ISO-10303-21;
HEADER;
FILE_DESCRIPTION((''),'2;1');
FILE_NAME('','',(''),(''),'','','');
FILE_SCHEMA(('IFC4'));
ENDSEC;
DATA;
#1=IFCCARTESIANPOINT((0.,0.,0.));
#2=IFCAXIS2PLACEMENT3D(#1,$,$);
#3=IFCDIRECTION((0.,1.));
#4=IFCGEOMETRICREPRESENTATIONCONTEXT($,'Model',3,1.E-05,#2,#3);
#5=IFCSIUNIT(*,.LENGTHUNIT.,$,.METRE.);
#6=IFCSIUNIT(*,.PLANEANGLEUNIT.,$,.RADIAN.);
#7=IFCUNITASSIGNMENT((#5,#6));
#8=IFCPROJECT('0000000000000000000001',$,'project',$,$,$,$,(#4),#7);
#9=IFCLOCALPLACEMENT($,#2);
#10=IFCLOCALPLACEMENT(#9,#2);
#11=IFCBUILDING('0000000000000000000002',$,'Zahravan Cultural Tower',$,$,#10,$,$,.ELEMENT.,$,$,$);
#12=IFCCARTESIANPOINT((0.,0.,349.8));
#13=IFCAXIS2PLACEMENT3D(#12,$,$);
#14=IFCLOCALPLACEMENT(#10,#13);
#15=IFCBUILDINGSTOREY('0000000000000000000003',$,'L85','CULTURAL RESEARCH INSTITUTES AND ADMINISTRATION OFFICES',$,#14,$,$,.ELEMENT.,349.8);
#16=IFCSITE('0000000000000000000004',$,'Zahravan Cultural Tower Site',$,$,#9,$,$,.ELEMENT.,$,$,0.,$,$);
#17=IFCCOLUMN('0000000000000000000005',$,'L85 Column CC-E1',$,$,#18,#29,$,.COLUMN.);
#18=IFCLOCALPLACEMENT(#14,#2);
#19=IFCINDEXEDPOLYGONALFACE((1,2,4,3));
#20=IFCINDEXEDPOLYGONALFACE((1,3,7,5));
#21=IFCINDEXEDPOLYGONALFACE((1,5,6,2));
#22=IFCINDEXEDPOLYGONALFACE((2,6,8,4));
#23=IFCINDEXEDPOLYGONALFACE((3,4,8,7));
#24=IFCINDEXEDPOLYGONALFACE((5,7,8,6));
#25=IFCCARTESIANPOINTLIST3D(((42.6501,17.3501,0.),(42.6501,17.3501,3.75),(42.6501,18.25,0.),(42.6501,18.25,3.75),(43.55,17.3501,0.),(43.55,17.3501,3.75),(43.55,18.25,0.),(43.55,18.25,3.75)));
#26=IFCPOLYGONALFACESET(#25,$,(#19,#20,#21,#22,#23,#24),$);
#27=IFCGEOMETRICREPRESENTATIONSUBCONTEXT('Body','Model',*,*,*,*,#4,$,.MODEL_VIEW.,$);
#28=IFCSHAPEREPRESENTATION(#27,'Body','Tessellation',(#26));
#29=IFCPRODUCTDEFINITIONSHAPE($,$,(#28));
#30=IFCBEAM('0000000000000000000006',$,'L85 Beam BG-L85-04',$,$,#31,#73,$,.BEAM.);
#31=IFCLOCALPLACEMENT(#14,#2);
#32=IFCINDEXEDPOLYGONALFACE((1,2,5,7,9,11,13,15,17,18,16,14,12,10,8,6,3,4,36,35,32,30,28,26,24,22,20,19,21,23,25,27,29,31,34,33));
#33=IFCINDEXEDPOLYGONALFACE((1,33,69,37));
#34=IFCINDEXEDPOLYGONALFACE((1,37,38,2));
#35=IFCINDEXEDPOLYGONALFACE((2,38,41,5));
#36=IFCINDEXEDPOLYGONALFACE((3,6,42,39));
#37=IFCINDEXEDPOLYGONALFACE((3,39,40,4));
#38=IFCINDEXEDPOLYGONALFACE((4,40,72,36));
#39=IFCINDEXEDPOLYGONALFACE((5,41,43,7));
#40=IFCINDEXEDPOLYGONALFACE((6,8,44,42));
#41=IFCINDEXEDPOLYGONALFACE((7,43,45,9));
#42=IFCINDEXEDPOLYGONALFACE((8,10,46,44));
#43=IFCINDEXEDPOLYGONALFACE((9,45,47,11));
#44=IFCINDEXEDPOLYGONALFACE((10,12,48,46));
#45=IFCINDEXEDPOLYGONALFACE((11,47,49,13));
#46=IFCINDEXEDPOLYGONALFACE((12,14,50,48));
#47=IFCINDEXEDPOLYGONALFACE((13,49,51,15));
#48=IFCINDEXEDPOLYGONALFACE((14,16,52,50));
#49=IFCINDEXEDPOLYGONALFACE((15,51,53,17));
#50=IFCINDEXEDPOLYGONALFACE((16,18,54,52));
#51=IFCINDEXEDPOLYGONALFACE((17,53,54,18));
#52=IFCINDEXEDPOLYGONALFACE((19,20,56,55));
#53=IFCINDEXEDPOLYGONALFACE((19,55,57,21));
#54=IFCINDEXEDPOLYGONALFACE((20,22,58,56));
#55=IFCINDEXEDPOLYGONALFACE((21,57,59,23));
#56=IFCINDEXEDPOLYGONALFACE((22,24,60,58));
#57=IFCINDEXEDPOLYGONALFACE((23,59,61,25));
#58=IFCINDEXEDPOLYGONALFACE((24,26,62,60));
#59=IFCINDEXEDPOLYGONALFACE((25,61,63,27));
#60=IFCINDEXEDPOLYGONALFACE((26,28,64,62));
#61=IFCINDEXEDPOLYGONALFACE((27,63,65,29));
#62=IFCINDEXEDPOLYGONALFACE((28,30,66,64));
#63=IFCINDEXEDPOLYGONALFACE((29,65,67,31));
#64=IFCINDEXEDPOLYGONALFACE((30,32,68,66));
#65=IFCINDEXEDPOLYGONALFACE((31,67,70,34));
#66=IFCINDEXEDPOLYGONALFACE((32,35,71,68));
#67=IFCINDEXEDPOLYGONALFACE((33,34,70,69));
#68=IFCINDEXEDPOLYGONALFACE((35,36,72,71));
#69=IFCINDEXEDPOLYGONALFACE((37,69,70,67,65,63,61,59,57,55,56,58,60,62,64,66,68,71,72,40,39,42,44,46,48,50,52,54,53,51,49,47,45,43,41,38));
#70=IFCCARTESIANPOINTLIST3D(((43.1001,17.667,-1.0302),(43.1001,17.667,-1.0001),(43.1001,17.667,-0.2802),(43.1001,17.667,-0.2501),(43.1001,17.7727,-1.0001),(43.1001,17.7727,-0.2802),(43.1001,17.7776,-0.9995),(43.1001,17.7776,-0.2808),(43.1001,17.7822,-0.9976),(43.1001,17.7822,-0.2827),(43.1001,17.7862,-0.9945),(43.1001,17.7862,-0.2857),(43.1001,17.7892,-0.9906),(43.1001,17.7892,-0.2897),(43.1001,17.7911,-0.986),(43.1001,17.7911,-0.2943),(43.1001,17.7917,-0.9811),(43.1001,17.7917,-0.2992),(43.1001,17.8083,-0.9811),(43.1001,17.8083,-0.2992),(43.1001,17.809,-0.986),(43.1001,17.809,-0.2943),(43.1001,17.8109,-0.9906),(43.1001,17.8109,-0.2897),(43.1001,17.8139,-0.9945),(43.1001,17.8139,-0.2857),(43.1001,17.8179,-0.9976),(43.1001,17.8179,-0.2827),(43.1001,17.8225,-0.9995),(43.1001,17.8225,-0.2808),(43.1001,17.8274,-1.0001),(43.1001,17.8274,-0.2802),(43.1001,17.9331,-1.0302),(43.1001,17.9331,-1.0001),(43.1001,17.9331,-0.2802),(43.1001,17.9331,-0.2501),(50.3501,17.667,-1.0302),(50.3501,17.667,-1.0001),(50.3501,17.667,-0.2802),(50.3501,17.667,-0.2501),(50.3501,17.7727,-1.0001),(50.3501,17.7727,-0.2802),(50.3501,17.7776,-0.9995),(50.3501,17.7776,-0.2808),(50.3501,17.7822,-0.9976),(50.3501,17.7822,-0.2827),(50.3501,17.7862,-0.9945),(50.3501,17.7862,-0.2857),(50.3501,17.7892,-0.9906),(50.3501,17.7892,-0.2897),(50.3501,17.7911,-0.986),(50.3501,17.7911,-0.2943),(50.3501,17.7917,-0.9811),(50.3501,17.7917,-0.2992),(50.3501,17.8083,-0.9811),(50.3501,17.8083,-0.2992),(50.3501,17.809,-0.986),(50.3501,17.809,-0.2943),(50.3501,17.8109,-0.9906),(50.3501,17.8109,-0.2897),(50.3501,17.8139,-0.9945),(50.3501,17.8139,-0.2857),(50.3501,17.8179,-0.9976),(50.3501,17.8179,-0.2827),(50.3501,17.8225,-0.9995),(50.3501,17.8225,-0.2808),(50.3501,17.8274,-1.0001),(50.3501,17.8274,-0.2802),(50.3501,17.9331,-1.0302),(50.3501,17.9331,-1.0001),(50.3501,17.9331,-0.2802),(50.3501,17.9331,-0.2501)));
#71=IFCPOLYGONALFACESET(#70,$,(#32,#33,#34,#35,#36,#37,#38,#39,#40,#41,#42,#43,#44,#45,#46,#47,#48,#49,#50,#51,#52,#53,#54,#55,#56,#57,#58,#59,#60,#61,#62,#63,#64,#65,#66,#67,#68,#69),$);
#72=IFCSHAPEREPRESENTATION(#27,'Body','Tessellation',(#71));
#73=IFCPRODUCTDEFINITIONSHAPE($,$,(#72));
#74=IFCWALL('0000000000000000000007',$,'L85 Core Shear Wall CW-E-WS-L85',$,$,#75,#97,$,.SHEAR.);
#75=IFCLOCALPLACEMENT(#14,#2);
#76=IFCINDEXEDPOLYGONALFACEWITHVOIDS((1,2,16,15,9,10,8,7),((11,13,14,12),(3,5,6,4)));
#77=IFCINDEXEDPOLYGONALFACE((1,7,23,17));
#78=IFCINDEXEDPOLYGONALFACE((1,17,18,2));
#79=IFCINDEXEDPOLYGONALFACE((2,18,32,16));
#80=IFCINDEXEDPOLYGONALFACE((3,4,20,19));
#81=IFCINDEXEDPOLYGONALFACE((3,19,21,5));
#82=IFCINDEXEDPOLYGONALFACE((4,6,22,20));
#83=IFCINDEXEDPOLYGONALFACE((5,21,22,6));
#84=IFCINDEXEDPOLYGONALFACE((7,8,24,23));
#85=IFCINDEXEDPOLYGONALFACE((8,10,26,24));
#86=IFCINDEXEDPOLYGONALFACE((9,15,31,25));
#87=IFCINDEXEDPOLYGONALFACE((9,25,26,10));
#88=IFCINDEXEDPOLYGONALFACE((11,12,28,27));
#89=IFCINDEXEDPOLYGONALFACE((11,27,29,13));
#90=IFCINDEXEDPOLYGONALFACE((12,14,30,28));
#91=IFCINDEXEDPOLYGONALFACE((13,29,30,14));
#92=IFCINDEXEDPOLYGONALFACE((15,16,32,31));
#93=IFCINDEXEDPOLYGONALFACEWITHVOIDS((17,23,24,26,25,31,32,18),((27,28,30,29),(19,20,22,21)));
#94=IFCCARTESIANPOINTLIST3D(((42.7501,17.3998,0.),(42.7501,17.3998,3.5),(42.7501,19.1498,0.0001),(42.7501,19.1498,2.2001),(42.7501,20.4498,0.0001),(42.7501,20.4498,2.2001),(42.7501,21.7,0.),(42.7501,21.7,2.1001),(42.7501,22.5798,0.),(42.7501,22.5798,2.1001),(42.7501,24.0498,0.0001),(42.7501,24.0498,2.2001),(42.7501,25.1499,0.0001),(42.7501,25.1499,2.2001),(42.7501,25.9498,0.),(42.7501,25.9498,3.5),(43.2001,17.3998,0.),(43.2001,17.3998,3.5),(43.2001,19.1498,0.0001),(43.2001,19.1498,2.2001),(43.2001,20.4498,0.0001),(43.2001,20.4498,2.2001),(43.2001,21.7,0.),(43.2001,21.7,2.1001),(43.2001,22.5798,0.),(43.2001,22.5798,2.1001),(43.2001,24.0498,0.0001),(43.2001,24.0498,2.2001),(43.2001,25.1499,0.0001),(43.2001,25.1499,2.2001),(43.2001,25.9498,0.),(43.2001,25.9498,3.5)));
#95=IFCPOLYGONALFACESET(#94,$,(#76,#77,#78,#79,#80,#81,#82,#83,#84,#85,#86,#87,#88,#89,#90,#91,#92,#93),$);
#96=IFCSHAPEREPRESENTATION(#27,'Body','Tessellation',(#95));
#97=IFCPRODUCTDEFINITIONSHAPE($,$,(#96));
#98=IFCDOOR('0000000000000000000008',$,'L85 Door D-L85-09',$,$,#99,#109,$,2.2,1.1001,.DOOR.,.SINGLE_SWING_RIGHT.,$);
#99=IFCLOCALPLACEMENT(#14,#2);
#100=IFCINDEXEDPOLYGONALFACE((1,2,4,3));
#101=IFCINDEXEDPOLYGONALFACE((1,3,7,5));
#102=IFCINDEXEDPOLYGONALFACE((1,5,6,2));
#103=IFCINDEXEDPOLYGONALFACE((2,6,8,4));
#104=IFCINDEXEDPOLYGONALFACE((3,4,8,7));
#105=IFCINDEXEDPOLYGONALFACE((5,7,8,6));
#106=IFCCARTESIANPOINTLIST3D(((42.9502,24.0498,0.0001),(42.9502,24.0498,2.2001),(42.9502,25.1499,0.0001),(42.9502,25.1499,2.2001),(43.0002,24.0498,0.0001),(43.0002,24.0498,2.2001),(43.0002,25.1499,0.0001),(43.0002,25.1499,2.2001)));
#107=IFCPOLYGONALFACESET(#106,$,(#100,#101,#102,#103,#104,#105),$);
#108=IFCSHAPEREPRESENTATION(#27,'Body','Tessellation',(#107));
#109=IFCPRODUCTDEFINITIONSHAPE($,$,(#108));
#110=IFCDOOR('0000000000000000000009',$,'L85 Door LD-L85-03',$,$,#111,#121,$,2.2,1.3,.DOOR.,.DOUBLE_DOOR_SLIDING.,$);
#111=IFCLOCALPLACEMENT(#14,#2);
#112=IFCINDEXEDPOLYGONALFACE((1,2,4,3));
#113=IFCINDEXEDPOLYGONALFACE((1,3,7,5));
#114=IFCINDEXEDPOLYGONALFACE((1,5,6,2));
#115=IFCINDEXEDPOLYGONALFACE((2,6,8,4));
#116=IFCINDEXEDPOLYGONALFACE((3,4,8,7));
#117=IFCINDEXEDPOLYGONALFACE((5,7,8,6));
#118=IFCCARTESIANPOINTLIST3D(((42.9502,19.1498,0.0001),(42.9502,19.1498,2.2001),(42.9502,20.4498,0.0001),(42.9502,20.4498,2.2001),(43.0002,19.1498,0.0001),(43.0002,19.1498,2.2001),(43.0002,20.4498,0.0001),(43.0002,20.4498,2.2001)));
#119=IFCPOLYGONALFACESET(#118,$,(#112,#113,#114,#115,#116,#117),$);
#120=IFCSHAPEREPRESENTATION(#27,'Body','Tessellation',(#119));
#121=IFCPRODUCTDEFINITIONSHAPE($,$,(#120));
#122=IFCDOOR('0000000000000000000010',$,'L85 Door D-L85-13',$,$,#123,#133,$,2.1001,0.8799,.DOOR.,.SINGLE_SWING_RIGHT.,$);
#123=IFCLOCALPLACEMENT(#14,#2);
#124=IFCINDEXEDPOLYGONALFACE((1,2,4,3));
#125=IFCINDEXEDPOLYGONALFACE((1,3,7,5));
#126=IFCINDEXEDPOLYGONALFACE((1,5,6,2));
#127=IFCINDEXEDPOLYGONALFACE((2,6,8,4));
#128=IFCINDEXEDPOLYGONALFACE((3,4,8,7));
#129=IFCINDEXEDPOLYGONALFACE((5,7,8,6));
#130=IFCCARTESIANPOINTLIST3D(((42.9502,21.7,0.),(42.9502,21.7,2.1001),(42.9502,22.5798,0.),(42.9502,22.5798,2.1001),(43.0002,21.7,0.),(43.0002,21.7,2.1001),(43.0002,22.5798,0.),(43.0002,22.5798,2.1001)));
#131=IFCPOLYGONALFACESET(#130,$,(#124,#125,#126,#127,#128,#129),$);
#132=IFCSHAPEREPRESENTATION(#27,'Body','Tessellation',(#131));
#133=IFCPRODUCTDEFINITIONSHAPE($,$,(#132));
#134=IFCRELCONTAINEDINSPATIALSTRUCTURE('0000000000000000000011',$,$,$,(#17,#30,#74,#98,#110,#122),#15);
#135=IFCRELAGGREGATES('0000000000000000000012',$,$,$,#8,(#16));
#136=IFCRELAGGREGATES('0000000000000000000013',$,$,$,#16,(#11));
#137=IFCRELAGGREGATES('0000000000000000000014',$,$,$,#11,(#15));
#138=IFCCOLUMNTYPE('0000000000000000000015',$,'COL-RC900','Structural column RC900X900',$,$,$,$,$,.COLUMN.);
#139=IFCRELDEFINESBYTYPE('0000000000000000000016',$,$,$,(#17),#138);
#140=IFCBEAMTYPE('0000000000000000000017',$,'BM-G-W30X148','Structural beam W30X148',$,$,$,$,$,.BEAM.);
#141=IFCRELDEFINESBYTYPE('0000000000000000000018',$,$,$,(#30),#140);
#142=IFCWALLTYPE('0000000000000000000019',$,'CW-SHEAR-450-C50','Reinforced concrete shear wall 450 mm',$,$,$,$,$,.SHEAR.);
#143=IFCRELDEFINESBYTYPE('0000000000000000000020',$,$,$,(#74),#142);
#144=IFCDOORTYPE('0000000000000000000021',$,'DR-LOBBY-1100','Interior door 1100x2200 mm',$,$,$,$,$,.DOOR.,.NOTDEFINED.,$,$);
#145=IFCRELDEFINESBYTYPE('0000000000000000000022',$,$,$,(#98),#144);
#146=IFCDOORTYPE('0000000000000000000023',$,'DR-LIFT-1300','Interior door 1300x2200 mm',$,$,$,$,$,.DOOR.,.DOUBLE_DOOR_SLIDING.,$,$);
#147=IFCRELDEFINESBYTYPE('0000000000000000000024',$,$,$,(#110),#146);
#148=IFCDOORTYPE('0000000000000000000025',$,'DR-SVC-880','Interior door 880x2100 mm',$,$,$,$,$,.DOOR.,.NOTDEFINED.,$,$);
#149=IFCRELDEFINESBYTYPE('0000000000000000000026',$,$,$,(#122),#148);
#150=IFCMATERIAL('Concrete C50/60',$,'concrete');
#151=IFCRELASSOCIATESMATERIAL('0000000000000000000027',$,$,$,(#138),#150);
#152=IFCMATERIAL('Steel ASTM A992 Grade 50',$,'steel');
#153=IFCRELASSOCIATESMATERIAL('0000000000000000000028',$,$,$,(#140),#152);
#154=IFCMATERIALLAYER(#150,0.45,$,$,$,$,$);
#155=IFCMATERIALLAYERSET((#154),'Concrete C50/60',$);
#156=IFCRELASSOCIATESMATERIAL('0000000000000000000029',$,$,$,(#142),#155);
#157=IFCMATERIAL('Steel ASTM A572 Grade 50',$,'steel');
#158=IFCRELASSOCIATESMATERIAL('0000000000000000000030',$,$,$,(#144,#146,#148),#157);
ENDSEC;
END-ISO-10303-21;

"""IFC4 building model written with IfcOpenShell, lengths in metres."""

from ifc_helpers import new_model, si_unit, direction, frame, frame_2d, origin, origin_2d, place, context, subcontext, project, spatial, rectangle, i_section, extrude, source, transform, mapped, material, layer, layer_set, material_profile, profile_set, type_object, element, fill, save


model = new_model("IFC4")

# Units and contexts
model_context = context("Model", 3, precision=1e-05, world=origin(), true_north=direction((0.0, 1.0)))
body_context = subcontext(model_context, "Body", "Model", "MODEL_VIEW")
ifc_project = project(units=[si_unit("LENGTHUNIT", "METRE"), si_unit("PLANEANGLEUNIT", "RADIAN")], contexts=[model_context])

# Site, building, storey
site_placement = place(None, origin())
site = spatial("IfcSite", under=ifc_project, at=site_placement, Name="Zahravan Cultural Tower Site", CompositionType="ELEMENT", RefElevation=0.0)
building_placement = place(site_placement, origin())
building = spatial("IfcBuilding", under=site, at=building_placement, Name="Zahravan Cultural Tower", CompositionType="ELEMENT")
storey_placement = place(building_placement, frame((0.0, 0.0, 349.8)))
storey = spatial("IfcBuildingStorey", under=building, at=storey_placement, Name="L85", Description="CULTURAL RESEARCH INSTITUTES AND ADMINISTRATION OFFICES", CompositionType="ELEMENT", Elevation=349.8)

# Column
ifc_material_1 = material(Name="Concrete C50/60", Category="concrete")
ifc_material_profile_1 = material_profile(ifc_material_1, rectangle(XDim=0.8999, YDim=0.8999, at=origin_2d()), Name="RC900X900")
ifc_profile_set_1 = profile_set([ifc_material_profile_1], Name="Concrete C50/60")
column_type = type_object("IfcColumnType", Name="COL-RC900", Description="Structural column RC900X900", PredefinedType="COLUMN", material=ifc_profile_set_1)
shared_shape_1 = source(origin(), body_context, "Body", "SweptSolid", [
    extrude(rectangle(XDim=0.8999, YDim=0.8999, at=origin_2d()), origin(), (0.0, 0.0, 1.0), 3.75),
])
column_placement = place(storey_placement, frame((43.1001, 17.8, 0.0), z_axis=(0.0, 0.0, 1.0), x_axis=(1.0, 0.0, 0.0)))
element("IfcColumn", 1, at=column_placement, inside=storey, type_object=column_type, Name="L85 Column CC-E1", PredefinedType="COLUMN", context=body_context, shape_type="MappedRepresentation", body=[
    mapped(shared_shape_1, transform((0.0, 0.0, 0.0), x_axis=(1.0, 0.0, 0.0), y_axis=(0.0, 1.0, 0.0), z_axis=(0.0, 0.0, 1.0), scale=1.0)),
])

# Beam
ifc_material_2 = material(Name="Steel ASTM A992 Grade 50", Category="steel")
ifc_material_profile_2 = material_profile(ifc_material_2, i_section(OverallWidth=0.2661, OverallDepth=0.78, WebThickness=0.0166, FlangeThickness=0.03, FilletRadius=0.019, at=origin_2d()), Name="W30X148")
ifc_profile_set_2 = profile_set([ifc_material_profile_2], Name="Steel ASTM A992 Grade 50")
beam_type = type_object("IfcBeamType", Name="BM-G-W30X148", Description="Structural beam W30X148", PredefinedType="BEAM", material=ifc_profile_set_2)
shared_shape_2 = source(origin(), body_context, "Body", "SweptSolid", [
    extrude(i_section(OverallWidth=0.2661, OverallDepth=0.78, WebThickness=0.0166, FlangeThickness=0.03, FilletRadius=0.019, at=origin_2d()), origin(), (0.0, 0.0, 1.0), 7.25),
])
beam_placement = place(storey_placement, frame((43.1001, 17.8, -0.6401), z_axis=(1.0, 0.0, 0.0), x_axis=(0.0, 1.0, 0.0)))
element("IfcBeam", 2, at=beam_placement, inside=storey, type_object=beam_type, Name="L85 Beam BG-L85-04", PredefinedType="BEAM", context=body_context, shape_type="MappedRepresentation", body=[
    mapped(shared_shape_2, transform((0.0, 0.0, 0.0), x_axis=(1.0, 0.0, 0.0), y_axis=(0.0, 1.0, 0.0), z_axis=(0.0, 0.0, 1.0), scale=1.0)),
])

# Wall, openings, doors
ifc_layer_1 = layer(ifc_material_1, 0.45)
ifc_layer_set_1 = layer_set([ifc_layer_1], Name="Concrete C50/60")
wall_type_1 = type_object("IfcWallType", Name="CW-SHEAR-450-C50", Description="Reinforced concrete shear wall 450 mm", PredefinedType="SHEAR", material=ifc_layer_set_1)
wall_1_placement = place(storey_placement, frame((42.9751, 17.3999, 0.0), z_axis=(0.0, 0.0, 1.0), x_axis=(0.0, 1.0, 0.0)))
wall_1 = element("IfcWall", 3, at=wall_1_placement, inside=storey, type_object=wall_type_1, Name="L85 Core Shear Wall CW-E-WS-L85", PredefinedType="SHEAR", context=body_context, shape_type="SweptSolid", body=[
    extrude(rectangle(XDim=8.55, YDim=0.45, at=frame_2d((4.2749, 0.0))), origin(), (0.0, 0.0, 1.0), 3.5),
])
opening_1_placement = place(wall_1_placement, frame((6.6499, 0.0, 0.0)))
opening_1 = element("IfcOpeningElement", 4, at=opening_1_placement, cuts=wall_1, PredefinedType="OPENING", context=body_context, shape_type="SweptSolid", body=[
    extrude(rectangle(XDim=1.1001, YDim=2.2, at=frame_2d((0.55, 1.1001))), frame((0.0, 0.2349, 0.0), z_axis=(0.0, -1.0, 0.0), x_axis=(1.0, 0.0, 0.0)), (0.0, 0.0, 1.0), 0.47),
])
opening_2_placement = place(wall_1_placement, frame((1.75, 0.0, 0.0)))
opening_2 = element("IfcOpeningElement", 5, at=opening_2_placement, cuts=wall_1, PredefinedType="OPENING", context=body_context, shape_type="SweptSolid", body=[
    extrude(rectangle(XDim=1.3, YDim=2.2, at=frame_2d((0.6499, 1.1001))), frame((0.0, 0.2349, 0.0), z_axis=(0.0, -1.0, 0.0), x_axis=(1.0, 0.0, 0.0)), (0.0, 0.0, 1.0), 0.47),
])
opening_3_placement = place(wall_1_placement, frame((4.3, 0.0, 0.0)))
opening_3 = element("IfcOpeningElement", 6, at=opening_3_placement, cuts=wall_1, PredefinedType="OPENING", context=body_context, shape_type="SweptSolid", body=[
    extrude(rectangle(XDim=0.8799, YDim=2.1001, at=frame_2d((0.4399, 1.05))), frame((0.0, 0.2349, 0.0), z_axis=(0.0, -1.0, 0.0), x_axis=(1.0, 0.0, 0.0)), (0.0, 0.0, 1.0), 0.47),
])
ifc_material_3 = material(Name="Steel ASTM A572 Grade 50", Category="steel")
door_type_1 = type_object("IfcDoorType", Name="DR-LOBBY-1100", Description="Interior door 1100x2200 mm", OperationType="NOTDEFINED", PredefinedType="DOOR", material=ifc_material_3)
shared_shape_3 = source(origin(), body_context, "Body", "SweptSolid", [
    extrude(rectangle(XDim=1.1001, YDim=2.2, at=frame_2d((0.55, 1.1001))), frame((0.0, 0.0249, 0.0), z_axis=(0.0, -1.0, 0.0), x_axis=(1.0, 0.0, 0.0)), (0.0, 0.0, 1.0), 0.05),
])
door_1_placement = place(opening_1_placement, origin())
door_1 = element("IfcDoor", 7, at=door_1_placement, inside=storey, type_object=door_type_1, Name="L85 Door D-L85-09", OperationType="SINGLE_SWING_RIGHT", OverallHeight=2.2, OverallWidth=1.1001, PredefinedType="DOOR", context=body_context, shape_type="MappedRepresentation", body=[
    mapped(shared_shape_3, transform((0.0, 0.0, 0.0), x_axis=(1.0, 0.0, 0.0), y_axis=(0.0, 1.0, 0.0), z_axis=(0.0, 0.0, 1.0), scale=1.0)),
])
fill(opening_1, door_1)
door_type_2 = type_object("IfcDoorType", Name="DR-LIFT-1300", Description="Interior door 1300x2200 mm", OperationType="DOUBLE_DOOR_SLIDING", PredefinedType="DOOR", material=ifc_material_3)
shared_shape_4 = source(origin(), body_context, "Body", "SweptSolid", [
    extrude(rectangle(XDim=1.3, YDim=2.2, at=frame_2d((0.6499, 1.1001))), frame((0.0, 0.0249, 0.0), z_axis=(0.0, -1.0, 0.0), x_axis=(1.0, 0.0, 0.0)), (0.0, 0.0, 1.0), 0.05),
])
door_2_placement = place(opening_2_placement, origin())
door_2 = element("IfcDoor", 8, at=door_2_placement, inside=storey, type_object=door_type_2, Name="L85 Door LD-L85-03", OperationType="DOUBLE_DOOR_SLIDING", OverallHeight=2.2, OverallWidth=1.3, PredefinedType="DOOR", context=body_context, shape_type="MappedRepresentation", body=[
    mapped(shared_shape_4, transform((0.0, 0.0, 0.0), x_axis=(1.0, 0.0, 0.0), y_axis=(0.0, 1.0, 0.0), z_axis=(0.0, 0.0, 1.0), scale=1.0)),
])
fill(opening_2, door_2)
door_type_3 = type_object("IfcDoorType", Name="DR-SVC-880", Description="Interior door 880x2100 mm", OperationType="NOTDEFINED", PredefinedType="DOOR", material=ifc_material_3)
shared_shape_5 = source(origin(), body_context, "Body", "SweptSolid", [
    extrude(rectangle(XDim=0.8799, YDim=2.1001, at=frame_2d((0.4399, 1.05))), frame((0.0, 0.0249, 0.0), z_axis=(0.0, -1.0, 0.0), x_axis=(1.0, 0.0, 0.0)), (0.0, 0.0, 1.0), 0.05),
])
door_3_placement = place(opening_3_placement, origin())
door_3 = element("IfcDoor", 9, at=door_3_placement, inside=storey, type_object=door_type_3, Name="L85 Door D-L85-13", OperationType="SINGLE_SWING_RIGHT", OverallHeight=2.1001, OverallWidth=0.8799, PredefinedType="DOOR", context=body_context, shape_type="MappedRepresentation", body=[
    mapped(shared_shape_5, transform((0.0, 0.0, 0.0), x_axis=(1.0, 0.0, 0.0), y_axis=(0.0, 1.0, 0.0), z_axis=(0.0, 0.0, 1.0), scale=1.0)),
])
fill(opening_3, door_3)

save(model, "model.ifc")
